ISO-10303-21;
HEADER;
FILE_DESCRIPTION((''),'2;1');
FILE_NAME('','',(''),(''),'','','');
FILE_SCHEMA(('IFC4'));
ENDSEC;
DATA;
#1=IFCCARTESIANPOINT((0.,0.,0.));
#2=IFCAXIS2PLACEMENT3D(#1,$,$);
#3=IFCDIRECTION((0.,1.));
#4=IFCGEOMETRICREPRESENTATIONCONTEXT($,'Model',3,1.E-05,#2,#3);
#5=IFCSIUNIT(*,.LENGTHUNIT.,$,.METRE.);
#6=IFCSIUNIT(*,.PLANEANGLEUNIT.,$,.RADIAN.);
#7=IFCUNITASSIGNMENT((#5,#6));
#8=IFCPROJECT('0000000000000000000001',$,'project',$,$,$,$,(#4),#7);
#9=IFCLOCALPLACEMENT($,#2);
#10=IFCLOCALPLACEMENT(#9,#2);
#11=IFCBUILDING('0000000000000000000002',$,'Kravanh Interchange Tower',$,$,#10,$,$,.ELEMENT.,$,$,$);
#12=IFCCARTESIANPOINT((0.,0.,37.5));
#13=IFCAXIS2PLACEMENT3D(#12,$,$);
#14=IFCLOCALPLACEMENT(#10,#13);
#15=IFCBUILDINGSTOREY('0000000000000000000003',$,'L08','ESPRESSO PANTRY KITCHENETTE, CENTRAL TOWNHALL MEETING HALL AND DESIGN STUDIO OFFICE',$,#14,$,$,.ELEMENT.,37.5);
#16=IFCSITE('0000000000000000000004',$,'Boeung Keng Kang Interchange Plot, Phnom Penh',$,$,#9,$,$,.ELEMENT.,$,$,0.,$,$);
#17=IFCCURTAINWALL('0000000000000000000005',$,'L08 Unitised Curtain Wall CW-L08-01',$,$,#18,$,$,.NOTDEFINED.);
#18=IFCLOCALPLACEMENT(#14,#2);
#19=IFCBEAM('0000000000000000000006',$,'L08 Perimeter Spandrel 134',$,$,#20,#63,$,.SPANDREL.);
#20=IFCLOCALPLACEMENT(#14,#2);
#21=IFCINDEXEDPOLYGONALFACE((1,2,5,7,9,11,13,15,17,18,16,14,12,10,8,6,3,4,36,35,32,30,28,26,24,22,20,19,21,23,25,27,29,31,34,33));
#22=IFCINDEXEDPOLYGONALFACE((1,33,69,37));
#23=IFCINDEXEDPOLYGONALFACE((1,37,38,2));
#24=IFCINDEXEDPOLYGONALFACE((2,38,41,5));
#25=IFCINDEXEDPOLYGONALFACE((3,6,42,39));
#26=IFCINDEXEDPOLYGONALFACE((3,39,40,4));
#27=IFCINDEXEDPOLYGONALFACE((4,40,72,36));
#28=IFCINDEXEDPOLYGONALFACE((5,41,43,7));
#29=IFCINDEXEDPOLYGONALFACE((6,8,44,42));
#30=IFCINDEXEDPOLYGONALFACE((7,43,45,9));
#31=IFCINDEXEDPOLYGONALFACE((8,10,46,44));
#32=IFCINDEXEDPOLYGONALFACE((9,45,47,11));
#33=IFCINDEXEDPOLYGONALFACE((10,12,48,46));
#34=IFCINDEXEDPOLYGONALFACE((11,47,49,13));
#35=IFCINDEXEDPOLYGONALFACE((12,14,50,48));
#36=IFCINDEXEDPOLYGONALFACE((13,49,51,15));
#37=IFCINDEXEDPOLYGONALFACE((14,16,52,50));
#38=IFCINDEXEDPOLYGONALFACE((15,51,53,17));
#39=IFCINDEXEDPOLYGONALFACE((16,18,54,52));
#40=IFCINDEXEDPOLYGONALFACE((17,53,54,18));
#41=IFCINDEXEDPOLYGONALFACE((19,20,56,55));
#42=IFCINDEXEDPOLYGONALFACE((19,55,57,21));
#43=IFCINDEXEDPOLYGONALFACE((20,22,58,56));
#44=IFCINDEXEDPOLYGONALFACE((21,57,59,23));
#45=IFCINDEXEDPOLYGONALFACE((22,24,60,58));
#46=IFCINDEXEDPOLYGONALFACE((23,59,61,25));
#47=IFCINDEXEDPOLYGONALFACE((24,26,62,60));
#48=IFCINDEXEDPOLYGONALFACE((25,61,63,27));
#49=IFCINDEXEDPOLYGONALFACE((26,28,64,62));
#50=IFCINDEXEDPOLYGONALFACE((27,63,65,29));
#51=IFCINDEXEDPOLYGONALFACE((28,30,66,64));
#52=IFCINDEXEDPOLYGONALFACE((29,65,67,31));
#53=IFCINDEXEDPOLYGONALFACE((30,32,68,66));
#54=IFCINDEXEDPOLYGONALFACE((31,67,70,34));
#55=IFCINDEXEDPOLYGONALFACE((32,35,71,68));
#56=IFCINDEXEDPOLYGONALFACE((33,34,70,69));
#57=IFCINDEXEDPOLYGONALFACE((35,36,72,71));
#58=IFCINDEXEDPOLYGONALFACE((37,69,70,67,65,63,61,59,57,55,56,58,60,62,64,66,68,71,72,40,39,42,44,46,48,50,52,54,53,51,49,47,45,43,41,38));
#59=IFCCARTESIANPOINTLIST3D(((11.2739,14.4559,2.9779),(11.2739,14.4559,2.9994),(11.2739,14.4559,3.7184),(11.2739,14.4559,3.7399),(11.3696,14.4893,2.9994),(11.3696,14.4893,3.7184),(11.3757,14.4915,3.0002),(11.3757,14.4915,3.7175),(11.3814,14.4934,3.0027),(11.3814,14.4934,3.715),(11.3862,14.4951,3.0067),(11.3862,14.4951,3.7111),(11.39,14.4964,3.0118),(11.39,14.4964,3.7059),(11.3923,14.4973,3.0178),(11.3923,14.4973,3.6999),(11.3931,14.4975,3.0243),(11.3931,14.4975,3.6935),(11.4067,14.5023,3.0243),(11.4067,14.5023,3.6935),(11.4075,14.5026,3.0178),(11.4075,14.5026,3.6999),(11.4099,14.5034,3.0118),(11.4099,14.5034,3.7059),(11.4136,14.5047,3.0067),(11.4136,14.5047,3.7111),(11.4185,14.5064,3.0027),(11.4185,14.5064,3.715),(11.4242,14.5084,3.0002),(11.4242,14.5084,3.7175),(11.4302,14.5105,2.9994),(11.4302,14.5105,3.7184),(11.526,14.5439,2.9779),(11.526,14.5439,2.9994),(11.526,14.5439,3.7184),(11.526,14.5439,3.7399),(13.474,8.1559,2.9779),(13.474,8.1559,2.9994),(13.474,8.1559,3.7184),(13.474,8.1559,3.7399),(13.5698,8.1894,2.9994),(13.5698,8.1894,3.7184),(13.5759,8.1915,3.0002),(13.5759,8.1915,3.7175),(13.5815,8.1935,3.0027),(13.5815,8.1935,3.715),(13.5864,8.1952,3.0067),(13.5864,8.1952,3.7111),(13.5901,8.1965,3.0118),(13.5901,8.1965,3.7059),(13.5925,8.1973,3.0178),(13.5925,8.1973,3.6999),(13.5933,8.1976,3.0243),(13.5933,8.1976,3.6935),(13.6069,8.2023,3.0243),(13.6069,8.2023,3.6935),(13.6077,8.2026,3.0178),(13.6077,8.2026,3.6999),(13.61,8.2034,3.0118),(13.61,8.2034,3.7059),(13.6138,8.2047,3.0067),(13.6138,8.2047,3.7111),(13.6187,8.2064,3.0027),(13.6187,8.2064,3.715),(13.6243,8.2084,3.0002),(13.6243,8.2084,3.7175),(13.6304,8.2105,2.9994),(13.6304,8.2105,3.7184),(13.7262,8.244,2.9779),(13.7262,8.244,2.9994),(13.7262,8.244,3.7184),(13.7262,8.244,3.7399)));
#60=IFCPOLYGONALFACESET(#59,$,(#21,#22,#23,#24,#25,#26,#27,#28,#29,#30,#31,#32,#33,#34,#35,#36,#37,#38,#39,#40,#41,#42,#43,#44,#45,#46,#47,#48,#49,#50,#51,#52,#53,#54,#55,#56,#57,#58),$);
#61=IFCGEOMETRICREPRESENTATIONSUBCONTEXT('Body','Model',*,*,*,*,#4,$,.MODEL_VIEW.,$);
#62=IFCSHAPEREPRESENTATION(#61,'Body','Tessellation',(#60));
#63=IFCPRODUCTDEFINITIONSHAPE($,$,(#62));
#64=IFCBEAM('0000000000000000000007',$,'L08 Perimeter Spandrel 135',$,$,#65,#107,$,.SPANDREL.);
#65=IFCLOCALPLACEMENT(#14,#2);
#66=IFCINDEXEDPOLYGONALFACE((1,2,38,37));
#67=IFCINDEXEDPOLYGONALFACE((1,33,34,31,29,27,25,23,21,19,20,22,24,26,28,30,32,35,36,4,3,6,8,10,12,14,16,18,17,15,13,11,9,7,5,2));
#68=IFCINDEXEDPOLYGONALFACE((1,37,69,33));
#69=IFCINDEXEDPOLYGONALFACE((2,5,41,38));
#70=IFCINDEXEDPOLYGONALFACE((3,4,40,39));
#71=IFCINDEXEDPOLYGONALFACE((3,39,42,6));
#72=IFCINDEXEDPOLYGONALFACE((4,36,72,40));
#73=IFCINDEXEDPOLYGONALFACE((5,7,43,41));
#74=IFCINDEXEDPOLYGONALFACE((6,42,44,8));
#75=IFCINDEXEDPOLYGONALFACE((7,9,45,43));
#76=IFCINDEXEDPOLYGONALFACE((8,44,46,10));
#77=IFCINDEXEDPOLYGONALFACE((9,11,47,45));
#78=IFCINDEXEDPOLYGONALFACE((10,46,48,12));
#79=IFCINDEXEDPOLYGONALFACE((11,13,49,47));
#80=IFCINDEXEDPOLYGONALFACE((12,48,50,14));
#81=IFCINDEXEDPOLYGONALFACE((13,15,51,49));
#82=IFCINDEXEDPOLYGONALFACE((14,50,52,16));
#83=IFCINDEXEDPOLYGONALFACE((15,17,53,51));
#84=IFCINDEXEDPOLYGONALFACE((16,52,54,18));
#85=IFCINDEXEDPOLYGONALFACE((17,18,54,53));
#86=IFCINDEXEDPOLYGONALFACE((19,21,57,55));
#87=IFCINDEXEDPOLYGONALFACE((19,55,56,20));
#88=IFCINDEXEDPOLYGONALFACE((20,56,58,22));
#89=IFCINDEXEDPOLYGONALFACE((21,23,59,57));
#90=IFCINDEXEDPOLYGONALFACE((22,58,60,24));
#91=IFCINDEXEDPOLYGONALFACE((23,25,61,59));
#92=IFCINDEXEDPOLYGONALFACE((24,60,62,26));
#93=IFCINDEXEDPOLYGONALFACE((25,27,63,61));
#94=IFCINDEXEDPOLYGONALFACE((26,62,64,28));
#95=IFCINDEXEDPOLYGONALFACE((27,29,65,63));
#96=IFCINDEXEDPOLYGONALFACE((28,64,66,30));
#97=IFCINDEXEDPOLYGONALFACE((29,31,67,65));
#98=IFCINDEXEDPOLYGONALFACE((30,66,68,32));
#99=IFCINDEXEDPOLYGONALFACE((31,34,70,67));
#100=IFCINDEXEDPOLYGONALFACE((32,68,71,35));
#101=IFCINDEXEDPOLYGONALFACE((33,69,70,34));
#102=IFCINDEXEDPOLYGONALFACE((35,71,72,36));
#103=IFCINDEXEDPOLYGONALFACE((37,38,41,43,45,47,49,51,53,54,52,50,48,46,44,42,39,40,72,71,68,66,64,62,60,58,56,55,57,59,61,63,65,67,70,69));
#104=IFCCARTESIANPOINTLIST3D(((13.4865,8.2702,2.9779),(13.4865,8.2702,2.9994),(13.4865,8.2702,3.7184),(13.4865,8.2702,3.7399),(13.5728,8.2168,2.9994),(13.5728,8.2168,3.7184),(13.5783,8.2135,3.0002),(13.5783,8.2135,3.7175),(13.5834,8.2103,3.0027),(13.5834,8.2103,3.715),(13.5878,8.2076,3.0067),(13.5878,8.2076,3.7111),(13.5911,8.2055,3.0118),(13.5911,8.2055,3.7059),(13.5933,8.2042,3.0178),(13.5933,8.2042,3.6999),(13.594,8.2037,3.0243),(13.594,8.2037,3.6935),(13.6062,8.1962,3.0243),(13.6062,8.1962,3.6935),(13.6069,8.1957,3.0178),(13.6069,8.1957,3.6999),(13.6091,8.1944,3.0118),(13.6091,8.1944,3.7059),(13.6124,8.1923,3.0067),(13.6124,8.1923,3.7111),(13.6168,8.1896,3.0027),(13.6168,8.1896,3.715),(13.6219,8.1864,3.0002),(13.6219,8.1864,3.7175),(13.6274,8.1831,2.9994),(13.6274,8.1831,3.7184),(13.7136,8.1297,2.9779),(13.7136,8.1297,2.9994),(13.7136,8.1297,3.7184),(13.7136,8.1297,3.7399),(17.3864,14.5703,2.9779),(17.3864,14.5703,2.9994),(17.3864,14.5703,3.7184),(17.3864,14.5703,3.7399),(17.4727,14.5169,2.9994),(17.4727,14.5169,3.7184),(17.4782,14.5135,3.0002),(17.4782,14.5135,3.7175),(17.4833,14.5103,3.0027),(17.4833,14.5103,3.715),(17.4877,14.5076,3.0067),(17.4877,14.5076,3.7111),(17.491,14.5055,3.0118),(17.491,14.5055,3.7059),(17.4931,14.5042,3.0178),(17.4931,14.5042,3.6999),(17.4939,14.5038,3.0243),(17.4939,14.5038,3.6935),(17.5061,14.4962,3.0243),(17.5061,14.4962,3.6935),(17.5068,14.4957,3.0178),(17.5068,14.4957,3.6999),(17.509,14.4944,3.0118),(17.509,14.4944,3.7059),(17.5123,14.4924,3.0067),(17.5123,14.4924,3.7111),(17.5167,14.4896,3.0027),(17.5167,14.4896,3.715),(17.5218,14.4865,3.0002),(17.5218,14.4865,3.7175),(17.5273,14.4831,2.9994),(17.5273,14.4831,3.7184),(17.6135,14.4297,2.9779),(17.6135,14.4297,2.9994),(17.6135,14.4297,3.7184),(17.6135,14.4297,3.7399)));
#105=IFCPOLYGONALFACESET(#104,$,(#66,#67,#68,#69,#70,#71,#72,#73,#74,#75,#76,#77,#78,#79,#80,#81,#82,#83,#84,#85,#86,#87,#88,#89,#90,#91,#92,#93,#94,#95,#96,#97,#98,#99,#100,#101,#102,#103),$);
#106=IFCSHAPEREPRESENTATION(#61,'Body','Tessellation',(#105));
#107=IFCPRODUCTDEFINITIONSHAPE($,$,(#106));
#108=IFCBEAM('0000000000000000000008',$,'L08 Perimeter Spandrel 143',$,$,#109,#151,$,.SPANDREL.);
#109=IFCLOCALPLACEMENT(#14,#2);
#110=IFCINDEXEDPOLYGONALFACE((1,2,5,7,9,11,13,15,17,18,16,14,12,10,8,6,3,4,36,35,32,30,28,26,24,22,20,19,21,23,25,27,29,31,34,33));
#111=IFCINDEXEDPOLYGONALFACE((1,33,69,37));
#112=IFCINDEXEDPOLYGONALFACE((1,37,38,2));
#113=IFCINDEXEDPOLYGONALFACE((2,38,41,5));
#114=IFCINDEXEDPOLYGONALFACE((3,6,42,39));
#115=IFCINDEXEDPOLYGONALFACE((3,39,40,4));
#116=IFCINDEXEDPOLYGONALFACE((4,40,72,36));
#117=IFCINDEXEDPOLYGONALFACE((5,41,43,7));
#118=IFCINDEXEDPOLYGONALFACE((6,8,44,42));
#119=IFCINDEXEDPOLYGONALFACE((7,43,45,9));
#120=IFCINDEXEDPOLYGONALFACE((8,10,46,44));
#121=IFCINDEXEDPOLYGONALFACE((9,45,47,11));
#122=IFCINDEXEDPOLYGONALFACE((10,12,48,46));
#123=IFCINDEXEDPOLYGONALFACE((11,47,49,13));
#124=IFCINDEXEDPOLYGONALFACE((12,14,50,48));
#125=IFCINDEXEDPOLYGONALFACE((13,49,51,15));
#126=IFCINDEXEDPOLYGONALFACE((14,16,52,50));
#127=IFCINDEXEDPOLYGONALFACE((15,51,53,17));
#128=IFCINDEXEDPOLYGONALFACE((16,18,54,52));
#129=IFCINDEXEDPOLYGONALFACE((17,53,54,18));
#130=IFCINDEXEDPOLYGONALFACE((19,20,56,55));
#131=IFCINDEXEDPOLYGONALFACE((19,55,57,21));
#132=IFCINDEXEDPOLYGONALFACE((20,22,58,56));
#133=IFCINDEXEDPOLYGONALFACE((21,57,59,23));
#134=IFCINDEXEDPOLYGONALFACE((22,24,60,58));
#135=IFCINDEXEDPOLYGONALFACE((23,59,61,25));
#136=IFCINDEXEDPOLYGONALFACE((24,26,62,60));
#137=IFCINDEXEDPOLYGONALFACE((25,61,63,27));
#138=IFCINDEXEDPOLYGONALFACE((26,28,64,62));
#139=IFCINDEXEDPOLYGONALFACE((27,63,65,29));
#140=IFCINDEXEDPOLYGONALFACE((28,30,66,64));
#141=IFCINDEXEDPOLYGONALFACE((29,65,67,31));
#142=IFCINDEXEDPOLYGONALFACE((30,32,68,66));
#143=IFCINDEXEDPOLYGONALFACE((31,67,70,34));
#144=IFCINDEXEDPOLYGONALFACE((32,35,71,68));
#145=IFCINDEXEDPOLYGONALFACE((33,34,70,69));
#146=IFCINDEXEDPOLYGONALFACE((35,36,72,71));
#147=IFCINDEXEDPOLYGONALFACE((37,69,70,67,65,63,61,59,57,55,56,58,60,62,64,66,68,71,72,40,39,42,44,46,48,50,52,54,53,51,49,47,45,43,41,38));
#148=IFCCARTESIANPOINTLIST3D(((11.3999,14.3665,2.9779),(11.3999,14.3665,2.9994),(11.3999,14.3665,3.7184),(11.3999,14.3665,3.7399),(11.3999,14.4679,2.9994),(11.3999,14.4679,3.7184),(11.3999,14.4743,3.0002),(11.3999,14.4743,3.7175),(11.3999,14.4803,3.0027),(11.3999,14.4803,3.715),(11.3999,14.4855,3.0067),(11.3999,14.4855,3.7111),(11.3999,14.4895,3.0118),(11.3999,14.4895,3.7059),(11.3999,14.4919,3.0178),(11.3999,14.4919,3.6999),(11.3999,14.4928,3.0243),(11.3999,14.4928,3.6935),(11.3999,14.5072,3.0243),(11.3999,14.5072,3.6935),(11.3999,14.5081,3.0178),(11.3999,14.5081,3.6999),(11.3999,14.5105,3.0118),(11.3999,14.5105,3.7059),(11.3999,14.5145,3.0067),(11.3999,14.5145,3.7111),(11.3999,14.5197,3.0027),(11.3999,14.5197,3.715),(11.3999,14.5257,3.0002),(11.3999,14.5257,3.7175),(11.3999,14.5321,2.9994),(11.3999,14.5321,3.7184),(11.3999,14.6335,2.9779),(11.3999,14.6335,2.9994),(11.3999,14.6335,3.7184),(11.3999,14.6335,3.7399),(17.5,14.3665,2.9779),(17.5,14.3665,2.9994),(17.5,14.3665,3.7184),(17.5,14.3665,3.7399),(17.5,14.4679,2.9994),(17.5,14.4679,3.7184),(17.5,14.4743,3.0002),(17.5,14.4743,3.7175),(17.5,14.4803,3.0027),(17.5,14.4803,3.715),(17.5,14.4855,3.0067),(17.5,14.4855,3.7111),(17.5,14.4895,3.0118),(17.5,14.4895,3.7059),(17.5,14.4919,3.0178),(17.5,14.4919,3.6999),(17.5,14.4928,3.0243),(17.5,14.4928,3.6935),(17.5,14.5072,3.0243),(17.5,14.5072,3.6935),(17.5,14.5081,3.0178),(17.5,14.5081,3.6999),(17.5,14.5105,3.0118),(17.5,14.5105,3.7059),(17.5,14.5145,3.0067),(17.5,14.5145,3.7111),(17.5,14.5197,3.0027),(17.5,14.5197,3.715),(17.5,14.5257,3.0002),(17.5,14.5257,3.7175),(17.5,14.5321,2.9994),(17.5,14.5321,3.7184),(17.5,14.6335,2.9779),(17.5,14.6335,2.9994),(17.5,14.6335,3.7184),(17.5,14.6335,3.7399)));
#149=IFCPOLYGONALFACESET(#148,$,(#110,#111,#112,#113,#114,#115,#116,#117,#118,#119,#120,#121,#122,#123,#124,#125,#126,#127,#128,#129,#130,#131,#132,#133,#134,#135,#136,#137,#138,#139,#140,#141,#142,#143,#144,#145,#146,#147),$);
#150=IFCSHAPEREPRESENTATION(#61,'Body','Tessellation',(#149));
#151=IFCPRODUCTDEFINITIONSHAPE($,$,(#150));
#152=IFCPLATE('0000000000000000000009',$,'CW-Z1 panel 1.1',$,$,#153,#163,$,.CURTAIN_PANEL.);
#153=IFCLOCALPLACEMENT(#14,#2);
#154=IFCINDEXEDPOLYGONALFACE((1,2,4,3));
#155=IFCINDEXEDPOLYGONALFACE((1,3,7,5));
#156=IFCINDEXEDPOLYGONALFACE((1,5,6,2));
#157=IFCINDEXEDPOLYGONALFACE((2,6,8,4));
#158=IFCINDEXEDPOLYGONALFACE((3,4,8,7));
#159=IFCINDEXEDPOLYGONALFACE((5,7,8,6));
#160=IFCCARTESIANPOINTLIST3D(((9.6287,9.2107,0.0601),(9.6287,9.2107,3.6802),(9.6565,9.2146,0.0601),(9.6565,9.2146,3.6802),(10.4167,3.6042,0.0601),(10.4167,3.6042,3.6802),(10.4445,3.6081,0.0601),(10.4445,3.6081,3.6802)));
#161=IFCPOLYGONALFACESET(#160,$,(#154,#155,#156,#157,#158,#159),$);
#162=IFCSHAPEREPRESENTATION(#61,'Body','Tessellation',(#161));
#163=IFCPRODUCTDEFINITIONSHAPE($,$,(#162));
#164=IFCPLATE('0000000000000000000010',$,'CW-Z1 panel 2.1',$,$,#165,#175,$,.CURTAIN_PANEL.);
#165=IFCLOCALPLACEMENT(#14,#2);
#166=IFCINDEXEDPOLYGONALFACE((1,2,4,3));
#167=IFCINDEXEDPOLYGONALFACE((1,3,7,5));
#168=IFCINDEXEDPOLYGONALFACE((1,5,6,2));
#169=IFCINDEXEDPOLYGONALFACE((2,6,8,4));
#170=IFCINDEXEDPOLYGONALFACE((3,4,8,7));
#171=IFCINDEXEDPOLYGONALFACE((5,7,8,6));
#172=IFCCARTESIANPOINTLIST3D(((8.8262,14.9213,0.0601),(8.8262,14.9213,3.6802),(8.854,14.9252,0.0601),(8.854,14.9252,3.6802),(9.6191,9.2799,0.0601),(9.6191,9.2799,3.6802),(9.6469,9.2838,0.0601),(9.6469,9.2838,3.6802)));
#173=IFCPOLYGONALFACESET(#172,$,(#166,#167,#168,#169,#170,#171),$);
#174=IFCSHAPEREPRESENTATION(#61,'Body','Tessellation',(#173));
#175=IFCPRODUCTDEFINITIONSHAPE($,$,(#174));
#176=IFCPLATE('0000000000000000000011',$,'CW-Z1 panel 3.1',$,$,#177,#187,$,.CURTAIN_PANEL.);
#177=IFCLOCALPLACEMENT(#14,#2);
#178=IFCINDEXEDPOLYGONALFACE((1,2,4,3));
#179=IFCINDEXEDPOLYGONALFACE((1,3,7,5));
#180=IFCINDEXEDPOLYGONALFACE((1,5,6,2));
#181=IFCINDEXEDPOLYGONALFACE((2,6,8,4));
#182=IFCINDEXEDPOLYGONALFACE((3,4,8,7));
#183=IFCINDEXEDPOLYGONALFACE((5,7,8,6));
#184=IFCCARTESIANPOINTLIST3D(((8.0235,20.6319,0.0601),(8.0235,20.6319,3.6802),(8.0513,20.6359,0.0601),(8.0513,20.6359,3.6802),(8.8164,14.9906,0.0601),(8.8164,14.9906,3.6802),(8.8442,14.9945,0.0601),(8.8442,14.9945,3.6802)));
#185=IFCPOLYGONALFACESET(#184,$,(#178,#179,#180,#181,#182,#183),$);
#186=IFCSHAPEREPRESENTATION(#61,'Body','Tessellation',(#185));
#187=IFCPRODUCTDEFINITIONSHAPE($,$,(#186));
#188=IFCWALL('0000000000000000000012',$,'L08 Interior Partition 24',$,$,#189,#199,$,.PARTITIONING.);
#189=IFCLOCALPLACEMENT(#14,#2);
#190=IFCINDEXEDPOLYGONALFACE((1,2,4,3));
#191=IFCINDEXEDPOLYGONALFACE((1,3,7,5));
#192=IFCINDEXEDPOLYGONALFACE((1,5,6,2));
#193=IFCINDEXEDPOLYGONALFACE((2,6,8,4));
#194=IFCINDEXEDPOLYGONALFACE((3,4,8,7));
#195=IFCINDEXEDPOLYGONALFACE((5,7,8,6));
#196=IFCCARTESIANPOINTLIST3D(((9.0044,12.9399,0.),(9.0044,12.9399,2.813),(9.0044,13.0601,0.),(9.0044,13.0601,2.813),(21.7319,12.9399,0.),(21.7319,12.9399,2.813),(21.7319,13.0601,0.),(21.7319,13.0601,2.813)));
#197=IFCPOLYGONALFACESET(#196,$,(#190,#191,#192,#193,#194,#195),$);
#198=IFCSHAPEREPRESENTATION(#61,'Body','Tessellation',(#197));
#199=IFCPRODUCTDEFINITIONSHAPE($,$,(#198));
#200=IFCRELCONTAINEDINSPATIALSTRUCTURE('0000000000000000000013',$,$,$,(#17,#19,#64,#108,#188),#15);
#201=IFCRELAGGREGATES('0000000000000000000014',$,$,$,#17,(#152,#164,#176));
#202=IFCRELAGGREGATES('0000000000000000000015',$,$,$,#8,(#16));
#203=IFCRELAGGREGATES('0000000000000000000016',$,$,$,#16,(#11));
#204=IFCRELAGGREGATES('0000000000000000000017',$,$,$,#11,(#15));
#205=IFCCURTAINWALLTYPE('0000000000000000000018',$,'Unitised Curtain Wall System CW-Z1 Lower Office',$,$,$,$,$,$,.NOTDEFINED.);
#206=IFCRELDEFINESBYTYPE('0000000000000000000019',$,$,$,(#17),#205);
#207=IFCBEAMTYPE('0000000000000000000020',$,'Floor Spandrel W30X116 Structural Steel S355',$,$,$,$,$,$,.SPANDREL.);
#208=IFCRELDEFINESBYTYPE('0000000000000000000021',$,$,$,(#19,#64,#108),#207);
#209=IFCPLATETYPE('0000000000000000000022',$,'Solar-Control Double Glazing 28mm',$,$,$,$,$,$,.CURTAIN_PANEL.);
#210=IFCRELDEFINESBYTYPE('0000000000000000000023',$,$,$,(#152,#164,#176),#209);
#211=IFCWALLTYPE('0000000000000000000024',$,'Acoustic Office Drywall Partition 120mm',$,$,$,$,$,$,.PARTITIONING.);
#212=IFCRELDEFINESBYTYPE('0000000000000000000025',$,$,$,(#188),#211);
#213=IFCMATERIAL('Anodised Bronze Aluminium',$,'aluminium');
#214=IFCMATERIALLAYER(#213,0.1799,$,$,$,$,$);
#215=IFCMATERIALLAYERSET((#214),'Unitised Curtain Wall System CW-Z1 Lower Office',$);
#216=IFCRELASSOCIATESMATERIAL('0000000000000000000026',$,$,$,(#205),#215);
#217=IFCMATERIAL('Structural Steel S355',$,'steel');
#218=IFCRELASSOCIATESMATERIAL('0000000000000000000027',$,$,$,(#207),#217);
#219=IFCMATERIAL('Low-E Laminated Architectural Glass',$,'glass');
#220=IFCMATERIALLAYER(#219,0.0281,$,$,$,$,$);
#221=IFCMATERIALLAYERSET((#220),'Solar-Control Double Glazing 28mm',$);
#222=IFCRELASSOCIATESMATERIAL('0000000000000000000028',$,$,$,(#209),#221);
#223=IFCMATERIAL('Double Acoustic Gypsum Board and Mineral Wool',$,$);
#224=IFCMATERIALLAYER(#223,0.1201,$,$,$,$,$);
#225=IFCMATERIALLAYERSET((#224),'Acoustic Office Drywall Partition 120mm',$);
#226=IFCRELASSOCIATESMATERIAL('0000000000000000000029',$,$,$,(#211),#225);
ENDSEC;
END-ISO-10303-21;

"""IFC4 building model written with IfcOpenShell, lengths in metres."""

from ifc_helpers import new_model, si_unit, direction, frame, frame_2d, origin, origin_2d, place, context, subcontext, project, spatial, rectangle, i_section, extrude, material, layer, layer_set, material_profile, profile_set, type_object, element, aggregate, save


model = new_model("IFC4")

# Units and contexts
model_context = context("Model", 3, precision=1e-05, world=origin(), true_north=direction((0.0, 1.0)))
body_context = subcontext(model_context, "Body", "Model", "MODEL_VIEW")
ifc_project = project(units=[si_unit("LENGTHUNIT", "METRE"), si_unit("PLANEANGLEUNIT", "RADIAN")], contexts=[model_context])

# Site, building, storey
site_placement = place(None, origin())
site = spatial("IfcSite", under=ifc_project, at=site_placement, Name="Boeung Keng Kang Interchange Plot, Phnom Penh", CompositionType="ELEMENT", RefElevation=0.0)
building_placement = place(site_placement, origin())
building = spatial("IfcBuilding", under=site, at=building_placement, Name="Kravanh Interchange Tower", CompositionType="ELEMENT")
storey_placement = place(building_placement, frame((0.0, 0.0, 37.5)))
storey = spatial("IfcBuildingStorey", under=building, at=storey_placement, Name="L08", Description="ESPRESSO PANTRY KITCHENETTE, CENTRAL TOWNHALL MEETING HALL AND DESIGN STUDIO OFFICE", CompositionType="ELEMENT", Elevation=37.5)

# Curtain wall
ifc_material_1 = material(Name="Anodised Bronze Aluminium", Category="aluminium")
ifc_layer_1 = layer(ifc_material_1, 0.1799)
ifc_layer_set_1 = layer_set([ifc_layer_1], Name="Unitised Curtain Wall System CW-Z1 Lower Office")
curtain_wall_type = type_object("IfcCurtainWallType", Name="Unitised Curtain Wall System CW-Z1 Lower Office", PredefinedType="NOTDEFINED", material=ifc_layer_set_1)
curtain_wall_placement = place(storey_placement, origin())
curtain_wall = element("IfcCurtainWall", 1, at=curtain_wall_placement, inside=storey, type_object=curtain_wall_type, Name="L08 Unitised Curtain Wall CW-L08-01", PredefinedType="NOTDEFINED")

# Beams
ifc_material_2 = material(Name="Structural Steel S355", Category="steel")
ifc_material_profile_1 = material_profile(ifc_material_2, i_section(OverallWidth=0.2671, OverallDepth=0.762, WebThickness=0.0144, FlangeThickness=0.0215, FilletRadius=0.0249, at=origin_2d()), Name="W30X116")
ifc_profile_set_1 = profile_set([ifc_material_profile_1], Name="Structural Steel S355")
beam_type_1 = type_object("IfcBeamType", Name="Floor Spandrel W30X116 Structural Steel S355", PredefinedType="SPANDREL", material=ifc_profile_set_1)
beam_1_placement = place(storey_placement, frame((13.6001, 8.2, 3.3589), z_axis=(-0.329707, 0.944083, 0.0), x_axis=(-0.944083, -0.329707, 0.0)))
element("IfcBeam", 2, at=beam_1_placement, inside=storey, type_object=beam_type_1, Name="L08 Perimeter Spandrel 134", PredefinedType="SPANDREL", context=body_context, shape_type="SweptSolid", body=[
    extrude(i_section(OverallWidth=0.2671, OverallDepth=0.762, WebThickness=0.0144, FlangeThickness=0.0215, FilletRadius=0.0249, at=origin_2d()), origin(), (0.0, 0.0, 1.0), 6.6731),
])
beam_2_placement = place(storey_placement, frame((13.6001, 8.2, 3.3589), z_axis=(0.526342, 0.850273, 0.0), x_axis=(-0.850273, 0.526342, 0.0)))
element("IfcBeam", 3, at=beam_2_placement, inside=storey, type_object=beam_type_1, Name="L08 Perimeter Spandrel 135", PredefinedType="SPANDREL", context=body_context, shape_type="SweptSolid", body=[
    extrude(i_section(OverallWidth=0.2671, OverallDepth=0.762, WebThickness=0.0144, FlangeThickness=0.0215, FilletRadius=0.0249, at=origin_2d()), origin(), (0.0, 0.0, 1.0), 7.4094),
])
beam_3_placement = place(storey_placement, frame((11.3999, 14.5, 3.3589), z_axis=(1.0, 0.0, 0.0), x_axis=(0.0, 1.0, 0.0)))
element("IfcBeam", 4, at=beam_3_placement, inside=storey, type_object=beam_type_1, Name="L08 Perimeter Spandrel 143", PredefinedType="SPANDREL", context=body_context, shape_type="SweptSolid", body=[
    extrude(i_section(OverallWidth=0.2671, OverallDepth=0.762, WebThickness=0.0144, FlangeThickness=0.0215, FilletRadius=0.0249, at=origin_2d()), origin(), (0.0, 0.0, 1.0), 6.1001),
])

# Plates
ifc_material_3 = material(Name="Low-E Laminated Architectural Glass", Category="glass")
ifc_layer_2 = layer(ifc_material_3, 0.0281)
ifc_layer_set_2 = layer_set([ifc_layer_2], Name="Solar-Control Double Glazing 28mm")
plate_type = type_object("IfcPlateType", Name="Solar-Control Double Glazing 28mm", PredefinedType="CURTAIN_PANEL", material=ifc_layer_set_2)
plate_1_placement = place(storey_placement, frame((10.0366, 6.4094, 0.0601), z_axis=(0.0, 0.0, 1.0), x_axis=(-0.139177, 0.990268, 0.0)))
plate_1 = element("IfcPlate", 5, at=plate_1_placement, type_object=plate_type, Name="CW-Z1 panel 1.1", PredefinedType="CURTAIN_PANEL", context=body_context, shape_type="SweptSolid", body=[
    extrude(rectangle(XDim=5.6616, YDim=0.0281, at=origin_2d()), origin(), (0.0, 0.0, 1.0), 3.6201),
])
plate_2_placement = place(storey_placement, frame((9.2366, 12.1025, 0.0601), z_axis=(0.0, 0.0, 1.0), x_axis=(-0.139177, 0.990268, 0.0)))
plate_2 = element("IfcPlate", 6, at=plate_2_placement, type_object=plate_type, Name="CW-Z1 panel 2.1", PredefinedType="CURTAIN_PANEL", context=body_context, shape_type="SweptSolid", body=[
    extrude(rectangle(XDim=5.6968, YDim=0.0281, at=origin_2d()), origin(), (0.0, 0.0, 1.0), 3.6201),
])
plate_3_placement = place(storey_placement, frame((8.4338, 17.8132, 0.0601), z_axis=(0.0, 0.0, 1.0), x_axis=(-0.139177, 0.990268, 0.0)))
plate_3 = element("IfcPlate", 7, at=plate_3_placement, type_object=plate_type, Name="CW-Z1 panel 3.1", PredefinedType="CURTAIN_PANEL", context=body_context, shape_type="SweptSolid", body=[
    extrude(rectangle(XDim=5.6968, YDim=0.0281, at=origin_2d()), origin(), (0.0, 0.0, 1.0), 3.6201),
])
aggregate(curtain_wall, [plate_1, plate_2, plate_3])

# Wall
ifc_material_4 = material(Name="Double Acoustic Gypsum Board and Mineral Wool")
ifc_layer_3 = layer(ifc_material_4, 0.1201)
ifc_layer_set_3 = layer_set([ifc_layer_3], Name="Acoustic Office Drywall Partition 120mm")
wall_type = type_object("IfcWallType", Name="Acoustic Office Drywall Partition 120mm", PredefinedType="PARTITIONING", material=ifc_layer_set_3)
wall_placement = place(storey_placement, frame((9.0044, 13.0, 0.0), z_axis=(0.0, 0.0, 1.0), x_axis=(1.0, 0.0, 0.0)))
element("IfcWall", 8, at=wall_placement, inside=storey, type_object=wall_type, Name="L08 Interior Partition 24", PredefinedType="PARTITIONING", context=body_context, shape_type="SweptSolid", body=[
    extrude(rectangle(XDim=12.7275, YDim=0.1201, at=frame_2d((6.3638, 0.0))), origin(), (0.0, 0.0, 1.0), 2.813),
])

save(model, "model.ifc")
